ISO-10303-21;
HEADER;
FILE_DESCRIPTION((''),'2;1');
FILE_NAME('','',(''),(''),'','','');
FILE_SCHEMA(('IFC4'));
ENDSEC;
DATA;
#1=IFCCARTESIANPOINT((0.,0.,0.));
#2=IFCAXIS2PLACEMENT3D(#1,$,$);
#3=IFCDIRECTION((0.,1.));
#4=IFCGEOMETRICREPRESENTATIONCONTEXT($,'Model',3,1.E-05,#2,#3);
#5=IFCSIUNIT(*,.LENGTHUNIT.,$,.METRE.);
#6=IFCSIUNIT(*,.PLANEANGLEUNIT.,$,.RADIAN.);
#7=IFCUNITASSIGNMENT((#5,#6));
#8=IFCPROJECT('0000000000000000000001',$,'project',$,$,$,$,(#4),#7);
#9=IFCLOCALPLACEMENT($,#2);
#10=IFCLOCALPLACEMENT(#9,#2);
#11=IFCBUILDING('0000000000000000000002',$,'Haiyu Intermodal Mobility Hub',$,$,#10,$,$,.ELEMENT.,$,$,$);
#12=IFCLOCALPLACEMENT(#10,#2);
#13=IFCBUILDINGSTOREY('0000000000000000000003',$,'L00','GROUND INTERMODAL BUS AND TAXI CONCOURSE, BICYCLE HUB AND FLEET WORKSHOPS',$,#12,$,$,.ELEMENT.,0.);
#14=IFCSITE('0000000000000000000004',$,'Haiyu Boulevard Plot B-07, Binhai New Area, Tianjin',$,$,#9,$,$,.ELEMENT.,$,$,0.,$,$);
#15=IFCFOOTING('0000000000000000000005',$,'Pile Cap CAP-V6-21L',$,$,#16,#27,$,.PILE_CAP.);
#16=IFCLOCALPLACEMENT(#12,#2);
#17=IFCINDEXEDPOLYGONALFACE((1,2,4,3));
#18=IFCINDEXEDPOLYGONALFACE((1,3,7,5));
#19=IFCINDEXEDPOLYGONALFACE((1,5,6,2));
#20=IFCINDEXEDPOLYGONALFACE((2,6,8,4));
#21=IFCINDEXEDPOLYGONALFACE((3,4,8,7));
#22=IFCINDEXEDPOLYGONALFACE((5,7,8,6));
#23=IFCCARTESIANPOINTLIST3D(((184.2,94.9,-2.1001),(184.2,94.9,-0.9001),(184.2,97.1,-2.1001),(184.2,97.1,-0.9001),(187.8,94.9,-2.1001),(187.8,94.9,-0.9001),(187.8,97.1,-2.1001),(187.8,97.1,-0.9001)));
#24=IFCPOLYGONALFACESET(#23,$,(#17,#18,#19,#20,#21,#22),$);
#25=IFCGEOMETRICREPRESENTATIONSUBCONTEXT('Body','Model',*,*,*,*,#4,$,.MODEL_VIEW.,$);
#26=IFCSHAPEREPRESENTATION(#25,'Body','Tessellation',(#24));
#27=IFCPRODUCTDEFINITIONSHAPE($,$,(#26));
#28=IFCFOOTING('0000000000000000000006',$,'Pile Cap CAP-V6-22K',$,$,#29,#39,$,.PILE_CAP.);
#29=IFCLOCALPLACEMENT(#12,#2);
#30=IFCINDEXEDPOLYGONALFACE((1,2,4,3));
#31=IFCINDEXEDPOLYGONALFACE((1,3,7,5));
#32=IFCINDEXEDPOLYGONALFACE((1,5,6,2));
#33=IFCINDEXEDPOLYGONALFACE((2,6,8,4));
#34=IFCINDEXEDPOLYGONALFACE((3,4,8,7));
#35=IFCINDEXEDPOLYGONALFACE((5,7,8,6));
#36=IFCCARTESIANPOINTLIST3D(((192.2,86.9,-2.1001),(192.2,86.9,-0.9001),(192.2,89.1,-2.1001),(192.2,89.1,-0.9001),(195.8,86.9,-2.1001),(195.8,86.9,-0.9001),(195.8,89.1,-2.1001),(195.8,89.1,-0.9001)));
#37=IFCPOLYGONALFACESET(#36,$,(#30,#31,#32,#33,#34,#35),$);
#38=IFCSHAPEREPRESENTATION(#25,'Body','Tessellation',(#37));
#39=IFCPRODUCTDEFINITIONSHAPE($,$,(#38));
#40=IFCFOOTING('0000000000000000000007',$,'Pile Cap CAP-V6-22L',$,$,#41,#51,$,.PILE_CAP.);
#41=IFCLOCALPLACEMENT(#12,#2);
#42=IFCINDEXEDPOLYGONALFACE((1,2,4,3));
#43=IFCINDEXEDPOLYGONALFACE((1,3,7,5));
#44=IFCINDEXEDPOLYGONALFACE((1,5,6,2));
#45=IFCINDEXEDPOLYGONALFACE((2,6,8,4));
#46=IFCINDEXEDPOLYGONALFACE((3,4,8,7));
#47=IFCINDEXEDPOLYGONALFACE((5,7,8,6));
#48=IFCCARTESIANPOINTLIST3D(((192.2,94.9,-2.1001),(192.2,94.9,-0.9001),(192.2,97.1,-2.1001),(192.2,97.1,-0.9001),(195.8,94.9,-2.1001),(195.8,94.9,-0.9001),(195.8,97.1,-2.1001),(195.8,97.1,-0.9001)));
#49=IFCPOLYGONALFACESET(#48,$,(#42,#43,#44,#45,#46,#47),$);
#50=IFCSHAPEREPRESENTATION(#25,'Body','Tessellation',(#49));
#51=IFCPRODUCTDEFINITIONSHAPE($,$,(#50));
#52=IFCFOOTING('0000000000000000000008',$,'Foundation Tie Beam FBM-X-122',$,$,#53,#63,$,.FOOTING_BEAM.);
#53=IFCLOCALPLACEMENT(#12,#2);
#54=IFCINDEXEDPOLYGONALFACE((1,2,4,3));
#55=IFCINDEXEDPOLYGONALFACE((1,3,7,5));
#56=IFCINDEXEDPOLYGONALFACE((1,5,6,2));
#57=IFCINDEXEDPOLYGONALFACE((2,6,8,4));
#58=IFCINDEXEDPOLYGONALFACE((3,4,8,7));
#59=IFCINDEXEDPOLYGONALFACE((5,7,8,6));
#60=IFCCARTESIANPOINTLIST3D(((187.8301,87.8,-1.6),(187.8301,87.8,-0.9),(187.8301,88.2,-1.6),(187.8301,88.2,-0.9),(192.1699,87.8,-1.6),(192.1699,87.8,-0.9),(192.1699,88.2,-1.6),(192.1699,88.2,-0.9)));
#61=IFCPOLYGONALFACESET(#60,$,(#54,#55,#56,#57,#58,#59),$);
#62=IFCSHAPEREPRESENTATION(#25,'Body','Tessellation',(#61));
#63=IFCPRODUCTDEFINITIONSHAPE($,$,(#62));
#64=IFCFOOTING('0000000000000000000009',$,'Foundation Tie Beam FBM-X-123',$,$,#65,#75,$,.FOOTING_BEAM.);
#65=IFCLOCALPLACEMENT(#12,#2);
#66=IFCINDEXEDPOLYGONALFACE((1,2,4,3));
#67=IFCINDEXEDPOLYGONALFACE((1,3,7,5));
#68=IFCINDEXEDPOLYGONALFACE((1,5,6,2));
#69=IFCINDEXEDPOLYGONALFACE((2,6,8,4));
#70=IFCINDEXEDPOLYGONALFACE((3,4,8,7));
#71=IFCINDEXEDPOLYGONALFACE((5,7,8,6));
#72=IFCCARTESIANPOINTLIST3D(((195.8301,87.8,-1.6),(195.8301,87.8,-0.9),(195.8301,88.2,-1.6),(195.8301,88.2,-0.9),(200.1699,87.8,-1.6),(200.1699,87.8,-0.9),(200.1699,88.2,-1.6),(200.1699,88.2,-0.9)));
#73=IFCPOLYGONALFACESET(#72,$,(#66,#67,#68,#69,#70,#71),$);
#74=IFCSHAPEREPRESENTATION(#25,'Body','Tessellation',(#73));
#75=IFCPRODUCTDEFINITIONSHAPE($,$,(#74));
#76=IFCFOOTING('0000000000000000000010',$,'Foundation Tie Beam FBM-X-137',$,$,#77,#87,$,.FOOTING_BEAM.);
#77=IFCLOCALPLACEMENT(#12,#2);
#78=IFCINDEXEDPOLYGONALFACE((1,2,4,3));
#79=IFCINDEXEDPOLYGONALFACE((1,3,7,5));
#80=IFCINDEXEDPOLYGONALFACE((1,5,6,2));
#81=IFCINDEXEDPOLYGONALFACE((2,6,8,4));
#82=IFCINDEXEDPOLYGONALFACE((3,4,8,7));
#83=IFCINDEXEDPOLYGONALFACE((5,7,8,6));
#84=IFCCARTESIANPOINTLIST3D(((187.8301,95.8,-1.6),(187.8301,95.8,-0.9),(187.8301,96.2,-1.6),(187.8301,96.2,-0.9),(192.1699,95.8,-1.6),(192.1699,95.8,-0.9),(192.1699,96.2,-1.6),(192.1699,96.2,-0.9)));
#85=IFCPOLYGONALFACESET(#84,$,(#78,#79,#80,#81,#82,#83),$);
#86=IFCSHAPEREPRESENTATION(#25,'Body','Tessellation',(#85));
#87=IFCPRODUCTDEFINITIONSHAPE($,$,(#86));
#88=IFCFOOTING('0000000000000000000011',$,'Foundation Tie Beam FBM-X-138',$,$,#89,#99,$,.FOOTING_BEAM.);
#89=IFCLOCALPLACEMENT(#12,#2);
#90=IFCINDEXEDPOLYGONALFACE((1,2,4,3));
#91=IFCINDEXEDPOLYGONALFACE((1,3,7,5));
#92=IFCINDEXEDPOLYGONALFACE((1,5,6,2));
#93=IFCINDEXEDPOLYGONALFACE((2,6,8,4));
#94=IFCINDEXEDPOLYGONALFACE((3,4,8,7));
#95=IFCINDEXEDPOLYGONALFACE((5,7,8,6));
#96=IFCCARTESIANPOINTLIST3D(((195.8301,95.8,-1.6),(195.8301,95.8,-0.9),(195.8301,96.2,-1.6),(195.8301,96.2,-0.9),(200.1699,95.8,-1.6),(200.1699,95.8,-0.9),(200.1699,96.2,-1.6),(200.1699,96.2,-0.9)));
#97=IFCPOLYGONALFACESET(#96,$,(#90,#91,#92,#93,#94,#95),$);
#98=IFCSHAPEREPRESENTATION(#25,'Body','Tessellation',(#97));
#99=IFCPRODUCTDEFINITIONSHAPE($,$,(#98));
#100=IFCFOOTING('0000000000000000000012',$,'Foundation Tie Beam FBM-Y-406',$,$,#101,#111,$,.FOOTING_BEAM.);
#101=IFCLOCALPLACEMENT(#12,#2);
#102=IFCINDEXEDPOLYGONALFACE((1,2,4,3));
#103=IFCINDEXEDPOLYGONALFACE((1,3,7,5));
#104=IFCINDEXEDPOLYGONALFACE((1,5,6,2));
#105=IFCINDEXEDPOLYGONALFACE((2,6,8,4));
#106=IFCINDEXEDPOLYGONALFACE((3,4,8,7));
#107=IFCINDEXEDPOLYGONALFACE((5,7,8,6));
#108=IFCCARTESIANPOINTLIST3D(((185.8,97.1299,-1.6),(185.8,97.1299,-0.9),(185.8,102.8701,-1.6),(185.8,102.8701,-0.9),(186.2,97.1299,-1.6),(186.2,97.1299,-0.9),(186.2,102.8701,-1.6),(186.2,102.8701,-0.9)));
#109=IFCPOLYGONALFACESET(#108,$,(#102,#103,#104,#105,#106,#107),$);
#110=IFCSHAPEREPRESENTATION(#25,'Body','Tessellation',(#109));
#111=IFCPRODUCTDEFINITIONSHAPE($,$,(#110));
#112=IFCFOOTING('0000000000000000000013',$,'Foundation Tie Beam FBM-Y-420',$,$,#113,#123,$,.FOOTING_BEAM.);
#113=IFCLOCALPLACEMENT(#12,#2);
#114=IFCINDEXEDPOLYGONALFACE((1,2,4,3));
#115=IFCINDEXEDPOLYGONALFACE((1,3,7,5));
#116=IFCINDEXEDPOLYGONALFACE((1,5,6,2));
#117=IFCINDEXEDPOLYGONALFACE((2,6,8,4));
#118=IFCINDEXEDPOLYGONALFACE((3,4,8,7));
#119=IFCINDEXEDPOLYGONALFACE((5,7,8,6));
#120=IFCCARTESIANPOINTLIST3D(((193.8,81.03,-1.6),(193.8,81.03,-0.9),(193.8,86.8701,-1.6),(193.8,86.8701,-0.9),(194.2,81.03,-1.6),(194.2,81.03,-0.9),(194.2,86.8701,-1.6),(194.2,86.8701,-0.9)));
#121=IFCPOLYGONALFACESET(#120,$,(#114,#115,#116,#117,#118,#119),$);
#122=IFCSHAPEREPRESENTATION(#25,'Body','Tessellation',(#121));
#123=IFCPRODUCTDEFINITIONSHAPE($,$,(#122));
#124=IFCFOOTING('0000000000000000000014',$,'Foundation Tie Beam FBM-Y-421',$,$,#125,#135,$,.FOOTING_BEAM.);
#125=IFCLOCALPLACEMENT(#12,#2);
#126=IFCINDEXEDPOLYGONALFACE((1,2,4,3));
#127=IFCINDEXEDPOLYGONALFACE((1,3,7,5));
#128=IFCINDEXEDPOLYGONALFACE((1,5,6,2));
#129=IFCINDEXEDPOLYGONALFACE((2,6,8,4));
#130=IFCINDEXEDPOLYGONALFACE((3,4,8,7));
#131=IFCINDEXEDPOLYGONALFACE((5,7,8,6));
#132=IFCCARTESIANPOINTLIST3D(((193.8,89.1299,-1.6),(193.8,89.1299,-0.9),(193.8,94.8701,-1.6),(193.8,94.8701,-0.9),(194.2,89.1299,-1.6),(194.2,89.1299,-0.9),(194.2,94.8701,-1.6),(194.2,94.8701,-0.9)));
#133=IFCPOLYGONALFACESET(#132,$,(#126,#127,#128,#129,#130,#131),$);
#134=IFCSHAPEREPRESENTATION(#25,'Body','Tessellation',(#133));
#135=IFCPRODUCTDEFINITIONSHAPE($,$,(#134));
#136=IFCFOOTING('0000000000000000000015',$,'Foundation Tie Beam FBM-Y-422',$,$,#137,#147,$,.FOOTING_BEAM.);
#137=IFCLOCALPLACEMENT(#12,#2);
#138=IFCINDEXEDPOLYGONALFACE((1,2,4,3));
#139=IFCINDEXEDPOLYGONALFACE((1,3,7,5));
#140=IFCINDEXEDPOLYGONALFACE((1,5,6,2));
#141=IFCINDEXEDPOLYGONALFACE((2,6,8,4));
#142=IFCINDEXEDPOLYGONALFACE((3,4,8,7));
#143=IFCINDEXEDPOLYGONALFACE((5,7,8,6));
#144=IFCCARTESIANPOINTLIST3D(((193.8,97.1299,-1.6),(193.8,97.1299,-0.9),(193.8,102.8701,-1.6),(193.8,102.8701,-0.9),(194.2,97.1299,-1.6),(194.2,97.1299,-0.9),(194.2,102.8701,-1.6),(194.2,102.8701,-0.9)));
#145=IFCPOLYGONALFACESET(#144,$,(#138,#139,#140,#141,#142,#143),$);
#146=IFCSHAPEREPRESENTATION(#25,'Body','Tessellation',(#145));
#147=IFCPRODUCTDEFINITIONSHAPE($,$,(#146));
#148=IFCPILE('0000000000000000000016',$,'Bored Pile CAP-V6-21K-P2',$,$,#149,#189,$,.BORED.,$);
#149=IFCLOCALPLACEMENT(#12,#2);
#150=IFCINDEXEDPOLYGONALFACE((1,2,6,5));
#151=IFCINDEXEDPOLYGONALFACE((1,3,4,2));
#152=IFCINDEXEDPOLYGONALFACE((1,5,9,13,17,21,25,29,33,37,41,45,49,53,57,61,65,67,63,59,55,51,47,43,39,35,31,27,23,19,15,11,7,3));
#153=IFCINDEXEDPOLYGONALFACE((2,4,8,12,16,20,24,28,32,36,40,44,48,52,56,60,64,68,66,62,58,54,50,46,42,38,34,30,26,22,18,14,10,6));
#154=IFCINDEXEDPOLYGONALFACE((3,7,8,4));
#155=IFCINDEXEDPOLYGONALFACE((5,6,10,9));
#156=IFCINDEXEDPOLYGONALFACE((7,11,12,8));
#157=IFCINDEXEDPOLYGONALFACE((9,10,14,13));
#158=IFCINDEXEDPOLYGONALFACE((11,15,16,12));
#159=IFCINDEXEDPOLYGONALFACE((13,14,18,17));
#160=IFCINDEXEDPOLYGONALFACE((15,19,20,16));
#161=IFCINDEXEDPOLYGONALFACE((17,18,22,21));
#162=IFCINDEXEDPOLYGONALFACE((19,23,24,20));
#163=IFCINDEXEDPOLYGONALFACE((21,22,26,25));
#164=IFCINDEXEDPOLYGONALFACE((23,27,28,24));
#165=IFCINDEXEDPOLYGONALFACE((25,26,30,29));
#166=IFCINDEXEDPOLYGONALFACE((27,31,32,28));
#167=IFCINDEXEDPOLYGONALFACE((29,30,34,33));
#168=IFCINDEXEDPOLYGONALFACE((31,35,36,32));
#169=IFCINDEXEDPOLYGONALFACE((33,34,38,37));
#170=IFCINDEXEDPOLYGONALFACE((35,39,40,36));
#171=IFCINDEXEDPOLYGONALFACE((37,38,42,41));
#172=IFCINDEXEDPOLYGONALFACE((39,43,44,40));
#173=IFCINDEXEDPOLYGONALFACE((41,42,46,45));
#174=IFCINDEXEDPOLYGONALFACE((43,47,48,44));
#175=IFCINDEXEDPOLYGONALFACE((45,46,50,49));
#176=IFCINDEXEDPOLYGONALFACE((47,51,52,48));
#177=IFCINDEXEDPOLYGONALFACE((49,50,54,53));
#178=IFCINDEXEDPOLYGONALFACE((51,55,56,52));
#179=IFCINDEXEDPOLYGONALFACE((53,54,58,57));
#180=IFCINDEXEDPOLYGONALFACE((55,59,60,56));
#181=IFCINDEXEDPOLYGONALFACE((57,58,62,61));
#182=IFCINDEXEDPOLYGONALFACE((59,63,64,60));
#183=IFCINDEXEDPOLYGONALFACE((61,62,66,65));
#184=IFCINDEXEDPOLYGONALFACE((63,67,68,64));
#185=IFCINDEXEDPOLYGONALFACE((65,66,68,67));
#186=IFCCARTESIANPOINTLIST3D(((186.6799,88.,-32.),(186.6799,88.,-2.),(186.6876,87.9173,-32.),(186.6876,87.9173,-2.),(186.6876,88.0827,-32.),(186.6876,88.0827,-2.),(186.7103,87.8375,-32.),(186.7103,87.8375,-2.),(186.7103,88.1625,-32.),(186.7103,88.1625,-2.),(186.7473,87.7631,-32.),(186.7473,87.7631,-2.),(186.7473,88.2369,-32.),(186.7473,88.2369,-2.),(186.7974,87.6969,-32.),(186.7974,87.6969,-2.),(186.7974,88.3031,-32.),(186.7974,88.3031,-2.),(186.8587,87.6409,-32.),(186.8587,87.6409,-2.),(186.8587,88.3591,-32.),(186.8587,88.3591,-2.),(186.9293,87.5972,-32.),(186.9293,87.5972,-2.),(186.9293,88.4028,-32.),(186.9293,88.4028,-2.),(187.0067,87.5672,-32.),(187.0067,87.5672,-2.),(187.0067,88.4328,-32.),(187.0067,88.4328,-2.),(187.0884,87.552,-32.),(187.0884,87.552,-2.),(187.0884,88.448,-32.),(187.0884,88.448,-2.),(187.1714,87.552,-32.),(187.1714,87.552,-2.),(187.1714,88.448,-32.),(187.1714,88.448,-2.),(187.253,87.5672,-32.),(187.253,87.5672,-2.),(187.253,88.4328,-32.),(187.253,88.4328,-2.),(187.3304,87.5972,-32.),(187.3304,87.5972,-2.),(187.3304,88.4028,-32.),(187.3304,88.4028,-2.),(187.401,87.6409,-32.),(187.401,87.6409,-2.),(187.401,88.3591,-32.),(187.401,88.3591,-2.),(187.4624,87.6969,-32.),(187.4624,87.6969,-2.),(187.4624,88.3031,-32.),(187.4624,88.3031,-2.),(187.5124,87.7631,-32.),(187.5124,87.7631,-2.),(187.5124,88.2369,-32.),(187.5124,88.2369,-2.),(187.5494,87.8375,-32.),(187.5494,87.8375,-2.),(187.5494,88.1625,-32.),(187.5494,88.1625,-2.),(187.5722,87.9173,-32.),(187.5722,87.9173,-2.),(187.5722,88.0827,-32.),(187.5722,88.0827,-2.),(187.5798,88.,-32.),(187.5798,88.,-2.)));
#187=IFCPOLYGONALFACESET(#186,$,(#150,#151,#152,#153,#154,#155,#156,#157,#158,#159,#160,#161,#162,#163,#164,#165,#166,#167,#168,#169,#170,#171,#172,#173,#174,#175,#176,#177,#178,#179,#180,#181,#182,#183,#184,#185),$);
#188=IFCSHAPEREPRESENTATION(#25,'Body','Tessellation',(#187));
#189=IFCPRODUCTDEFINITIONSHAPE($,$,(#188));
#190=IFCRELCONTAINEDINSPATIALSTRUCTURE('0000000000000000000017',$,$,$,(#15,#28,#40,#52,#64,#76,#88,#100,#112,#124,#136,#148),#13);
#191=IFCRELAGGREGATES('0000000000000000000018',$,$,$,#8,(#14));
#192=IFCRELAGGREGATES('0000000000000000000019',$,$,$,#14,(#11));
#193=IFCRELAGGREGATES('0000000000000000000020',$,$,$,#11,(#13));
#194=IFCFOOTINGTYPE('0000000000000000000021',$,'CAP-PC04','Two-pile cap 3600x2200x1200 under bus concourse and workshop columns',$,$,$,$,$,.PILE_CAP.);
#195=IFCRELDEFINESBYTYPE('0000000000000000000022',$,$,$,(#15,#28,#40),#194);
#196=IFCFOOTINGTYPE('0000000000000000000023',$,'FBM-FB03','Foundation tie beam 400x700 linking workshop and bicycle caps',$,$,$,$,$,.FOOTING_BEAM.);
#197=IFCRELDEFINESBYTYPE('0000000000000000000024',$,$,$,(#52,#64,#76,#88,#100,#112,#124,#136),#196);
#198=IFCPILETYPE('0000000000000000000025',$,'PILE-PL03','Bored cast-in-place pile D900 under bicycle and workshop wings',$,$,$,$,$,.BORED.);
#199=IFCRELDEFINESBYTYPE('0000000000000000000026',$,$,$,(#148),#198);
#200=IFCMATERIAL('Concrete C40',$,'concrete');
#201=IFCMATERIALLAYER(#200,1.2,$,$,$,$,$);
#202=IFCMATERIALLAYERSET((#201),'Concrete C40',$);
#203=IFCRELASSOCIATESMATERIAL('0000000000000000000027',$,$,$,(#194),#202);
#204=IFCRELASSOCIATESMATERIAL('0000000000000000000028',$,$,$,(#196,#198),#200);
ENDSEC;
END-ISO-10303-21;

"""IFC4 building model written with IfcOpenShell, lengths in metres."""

from ifc_helpers import new_model, si_unit, direction, frame, origin, origin_2d, place, context, subcontext, project, spatial, rectangle, circle, extrude, material, layer, layer_set, material_profile, profile_set, type_object, element, save


model = new_model("IFC4")

# Units and contexts
model_context = context("Model", 3, precision=1e-05, world=origin(), true_north=direction((0.0, 1.0)))
body_context = subcontext(model_context, "Body", "Model", "MODEL_VIEW")
ifc_project = project(units=[si_unit("LENGTHUNIT", "METRE"), si_unit("PLANEANGLEUNIT", "RADIAN")], contexts=[model_context])

# Site, building, storey
site_placement = place(None, origin())
site = spatial("IfcSite", under=ifc_project, at=site_placement, Name="Haiyu Boulevard Plot B-07, Binhai New Area, Tianjin", CompositionType="ELEMENT", RefElevation=0.0)
building_placement = place(site_placement, origin())
building = spatial("IfcBuilding", under=site, at=building_placement, Name="Haiyu Intermodal Mobility Hub", CompositionType="ELEMENT")
storey_placement = place(building_placement, origin())
storey = spatial("IfcBuildingStorey", under=building, at=storey_placement, Name="L00", Description="GROUND INTERMODAL BUS AND TAXI CONCOURSE, BICYCLE HUB AND FLEET WORKSHOPS", CompositionType="ELEMENT", Elevation=0.0)

# Footings
ifc_material_1 = material(Name="Concrete C40", Category="concrete")
ifc_layer_1 = layer(ifc_material_1, 1.2)
ifc_layer_set_1 = layer_set([ifc_layer_1], Name="Concrete C40")
footing_type_1 = type_object("IfcFootingType", Name="CAP-PC04", Description="Two-pile cap 3600x2200x1200 under bus concourse and workshop columns", PredefinedType="PILE_CAP", material=ifc_layer_set_1)
for number, where, z_axis, x_axis, name in (
    (1, (186.0, 96.0, -2.1001), (0.0, 0.0, 1.0), (1.0, 0.0, 0.0), "Pile Cap CAP-V6-21L"),
    (2, (194.0, 88.0, -2.1001), (0.0, 0.0, 1.0), (1.0, 0.0, 0.0), "Pile Cap CAP-V6-22K"),
    (3, (194.0, 96.0, -2.1001), (0.0, 0.0, 1.0), (1.0, 0.0, 0.0), "Pile Cap CAP-V6-22L"),
):
    element("IfcFooting", number, at=place(storey_placement, frame(where, z_axis=z_axis, x_axis=x_axis)), inside=storey, type_object=footing_type_1, Name=name, PredefinedType="PILE_CAP", context=body_context, shape_type="SweptSolid", body=[
        extrude(rectangle(XDim=3.6001, YDim=2.2, at=origin_2d()), origin(), (0.0, 0.0, 1.0), 1.2),
    ])
ifc_material_profile_1 = material_profile(ifc_material_1, rectangle(XDim=0.3999, YDim=0.7, at=origin_2d()), Name="FB400x700")
ifc_profile_set_1 = profile_set([ifc_material_profile_1], Name="Concrete C40")
footing_type_2 = type_object("IfcFootingType", Name="FBM-FB03", Description="Foundation tie beam 400x700 linking workshop and bicycle caps", PredefinedType="FOOTING_BEAM", material=ifc_profile_set_1)
for number, where, z_axis, x_axis, name in (
    (4, (187.8301, 88.0, -1.25), (1.0, 0.0, 0.0), (0.0, 1.0, 0.0), "Foundation Tie Beam FBM-X-122"),
    (5, (195.8301, 88.0, -1.25), (1.0, 0.0, 0.0), (0.0, 1.0, 0.0), "Foundation Tie Beam FBM-X-123"),
    (6, (187.8301, 96.0, -1.25), (1.0, 0.0, 0.0), (0.0, 1.0, 0.0), "Foundation Tie Beam FBM-X-137"),
    (7, (195.8301, 96.0, -1.25), (1.0, 0.0, 0.0), (0.0, 1.0, 0.0), "Foundation Tie Beam FBM-X-138"),
):
    element("IfcFooting", number, at=place(storey_placement, frame(where, z_axis=z_axis, x_axis=x_axis)), inside=storey, type_object=footing_type_2, Name=name, PredefinedType="FOOTING_BEAM", context=body_context, shape_type="SweptSolid", body=[
        extrude(rectangle(XDim=0.3999, YDim=0.7, at=origin_2d()), origin(), (0.0, 0.0, 1.0), 4.3398),
    ])
footing_1_placement = place(storey_placement, frame((186.0, 97.1299, -1.25), z_axis=(0.0, 1.0, 0.0), x_axis=(-1.0, 0.0, 0.0)))
element("IfcFooting", 8, at=footing_1_placement, inside=storey, type_object=footing_type_2, Name="Foundation Tie Beam FBM-Y-406", PredefinedType="FOOTING_BEAM", context=body_context, shape_type="SweptSolid", body=[
    extrude(rectangle(XDim=0.3999, YDim=0.7, at=origin_2d()), origin(), (0.0, 0.0, 1.0), 5.7402),
])
footing_2_placement = place(storey_placement, frame((194.0, 81.03, -1.25), z_axis=(0.0, 1.0, 0.0), x_axis=(-1.0, 0.0, 0.0)))
element("IfcFooting", 9, at=footing_2_placement, inside=storey, type_object=footing_type_2, Name="Foundation Tie Beam FBM-Y-420", PredefinedType="FOOTING_BEAM", context=body_context, shape_type="SweptSolid", body=[
    extrude(rectangle(XDim=0.3999, YDim=0.7, at=origin_2d()), origin(), (0.0, 0.0, 1.0), 5.8401),
])
for number, where, z_axis, x_axis, name in (
    (10, (194.0, 89.1299, -1.25), (0.0, 1.0, 0.0), (-1.0, 0.0, 0.0), "Foundation Tie Beam FBM-Y-421"),
    (11, (194.0, 97.1299, -1.25), (0.0, 1.0, 0.0), (-1.0, 0.0, 0.0), "Foundation Tie Beam FBM-Y-422"),
):
    element("IfcFooting", number, at=place(storey_placement, frame(where, z_axis=z_axis, x_axis=x_axis)), inside=storey, type_object=footing_type_2, Name=name, PredefinedType="FOOTING_BEAM", context=body_context, shape_type="SweptSolid", body=[
        extrude(rectangle(XDim=0.3999, YDim=0.7, at=origin_2d()), origin(), (0.0, 0.0, 1.0), 5.7402),
    ])

# Pile
ifc_material_profile_2 = material_profile(ifc_material_1, circle(Radius=0.45, at=origin_2d()), Name="PILE-D900")
ifc_profile_set_2 = profile_set([ifc_material_profile_2], Name="Concrete C40")
pile_type = type_object("IfcPileType", Name="PILE-PL03", Description="Bored cast-in-place pile D900 under bicycle and workshop wings", PredefinedType="BORED", material=ifc_profile_set_2)
for number, where, z_axis, x_axis, name in (
    (12, (187.1299, 88.0, -2.0), (0.0, 0.0, -1.0), (1.0, 0.0, 0.0), "Bored Pile CAP-V6-21K-P2"),
):
    element("IfcPile", number, at=place(storey_placement, frame(where, z_axis=z_axis, x_axis=x_axis)), inside=storey, type_object=pile_type, Name=name, PredefinedType="BORED", context=body_context, shape_type="SweptSolid", body=[
        extrude(circle(Radius=0.45, at=origin_2d()), origin(), (0.0, 0.0, 1.0), 30.0),
    ])

save(model, "model.ifc")
